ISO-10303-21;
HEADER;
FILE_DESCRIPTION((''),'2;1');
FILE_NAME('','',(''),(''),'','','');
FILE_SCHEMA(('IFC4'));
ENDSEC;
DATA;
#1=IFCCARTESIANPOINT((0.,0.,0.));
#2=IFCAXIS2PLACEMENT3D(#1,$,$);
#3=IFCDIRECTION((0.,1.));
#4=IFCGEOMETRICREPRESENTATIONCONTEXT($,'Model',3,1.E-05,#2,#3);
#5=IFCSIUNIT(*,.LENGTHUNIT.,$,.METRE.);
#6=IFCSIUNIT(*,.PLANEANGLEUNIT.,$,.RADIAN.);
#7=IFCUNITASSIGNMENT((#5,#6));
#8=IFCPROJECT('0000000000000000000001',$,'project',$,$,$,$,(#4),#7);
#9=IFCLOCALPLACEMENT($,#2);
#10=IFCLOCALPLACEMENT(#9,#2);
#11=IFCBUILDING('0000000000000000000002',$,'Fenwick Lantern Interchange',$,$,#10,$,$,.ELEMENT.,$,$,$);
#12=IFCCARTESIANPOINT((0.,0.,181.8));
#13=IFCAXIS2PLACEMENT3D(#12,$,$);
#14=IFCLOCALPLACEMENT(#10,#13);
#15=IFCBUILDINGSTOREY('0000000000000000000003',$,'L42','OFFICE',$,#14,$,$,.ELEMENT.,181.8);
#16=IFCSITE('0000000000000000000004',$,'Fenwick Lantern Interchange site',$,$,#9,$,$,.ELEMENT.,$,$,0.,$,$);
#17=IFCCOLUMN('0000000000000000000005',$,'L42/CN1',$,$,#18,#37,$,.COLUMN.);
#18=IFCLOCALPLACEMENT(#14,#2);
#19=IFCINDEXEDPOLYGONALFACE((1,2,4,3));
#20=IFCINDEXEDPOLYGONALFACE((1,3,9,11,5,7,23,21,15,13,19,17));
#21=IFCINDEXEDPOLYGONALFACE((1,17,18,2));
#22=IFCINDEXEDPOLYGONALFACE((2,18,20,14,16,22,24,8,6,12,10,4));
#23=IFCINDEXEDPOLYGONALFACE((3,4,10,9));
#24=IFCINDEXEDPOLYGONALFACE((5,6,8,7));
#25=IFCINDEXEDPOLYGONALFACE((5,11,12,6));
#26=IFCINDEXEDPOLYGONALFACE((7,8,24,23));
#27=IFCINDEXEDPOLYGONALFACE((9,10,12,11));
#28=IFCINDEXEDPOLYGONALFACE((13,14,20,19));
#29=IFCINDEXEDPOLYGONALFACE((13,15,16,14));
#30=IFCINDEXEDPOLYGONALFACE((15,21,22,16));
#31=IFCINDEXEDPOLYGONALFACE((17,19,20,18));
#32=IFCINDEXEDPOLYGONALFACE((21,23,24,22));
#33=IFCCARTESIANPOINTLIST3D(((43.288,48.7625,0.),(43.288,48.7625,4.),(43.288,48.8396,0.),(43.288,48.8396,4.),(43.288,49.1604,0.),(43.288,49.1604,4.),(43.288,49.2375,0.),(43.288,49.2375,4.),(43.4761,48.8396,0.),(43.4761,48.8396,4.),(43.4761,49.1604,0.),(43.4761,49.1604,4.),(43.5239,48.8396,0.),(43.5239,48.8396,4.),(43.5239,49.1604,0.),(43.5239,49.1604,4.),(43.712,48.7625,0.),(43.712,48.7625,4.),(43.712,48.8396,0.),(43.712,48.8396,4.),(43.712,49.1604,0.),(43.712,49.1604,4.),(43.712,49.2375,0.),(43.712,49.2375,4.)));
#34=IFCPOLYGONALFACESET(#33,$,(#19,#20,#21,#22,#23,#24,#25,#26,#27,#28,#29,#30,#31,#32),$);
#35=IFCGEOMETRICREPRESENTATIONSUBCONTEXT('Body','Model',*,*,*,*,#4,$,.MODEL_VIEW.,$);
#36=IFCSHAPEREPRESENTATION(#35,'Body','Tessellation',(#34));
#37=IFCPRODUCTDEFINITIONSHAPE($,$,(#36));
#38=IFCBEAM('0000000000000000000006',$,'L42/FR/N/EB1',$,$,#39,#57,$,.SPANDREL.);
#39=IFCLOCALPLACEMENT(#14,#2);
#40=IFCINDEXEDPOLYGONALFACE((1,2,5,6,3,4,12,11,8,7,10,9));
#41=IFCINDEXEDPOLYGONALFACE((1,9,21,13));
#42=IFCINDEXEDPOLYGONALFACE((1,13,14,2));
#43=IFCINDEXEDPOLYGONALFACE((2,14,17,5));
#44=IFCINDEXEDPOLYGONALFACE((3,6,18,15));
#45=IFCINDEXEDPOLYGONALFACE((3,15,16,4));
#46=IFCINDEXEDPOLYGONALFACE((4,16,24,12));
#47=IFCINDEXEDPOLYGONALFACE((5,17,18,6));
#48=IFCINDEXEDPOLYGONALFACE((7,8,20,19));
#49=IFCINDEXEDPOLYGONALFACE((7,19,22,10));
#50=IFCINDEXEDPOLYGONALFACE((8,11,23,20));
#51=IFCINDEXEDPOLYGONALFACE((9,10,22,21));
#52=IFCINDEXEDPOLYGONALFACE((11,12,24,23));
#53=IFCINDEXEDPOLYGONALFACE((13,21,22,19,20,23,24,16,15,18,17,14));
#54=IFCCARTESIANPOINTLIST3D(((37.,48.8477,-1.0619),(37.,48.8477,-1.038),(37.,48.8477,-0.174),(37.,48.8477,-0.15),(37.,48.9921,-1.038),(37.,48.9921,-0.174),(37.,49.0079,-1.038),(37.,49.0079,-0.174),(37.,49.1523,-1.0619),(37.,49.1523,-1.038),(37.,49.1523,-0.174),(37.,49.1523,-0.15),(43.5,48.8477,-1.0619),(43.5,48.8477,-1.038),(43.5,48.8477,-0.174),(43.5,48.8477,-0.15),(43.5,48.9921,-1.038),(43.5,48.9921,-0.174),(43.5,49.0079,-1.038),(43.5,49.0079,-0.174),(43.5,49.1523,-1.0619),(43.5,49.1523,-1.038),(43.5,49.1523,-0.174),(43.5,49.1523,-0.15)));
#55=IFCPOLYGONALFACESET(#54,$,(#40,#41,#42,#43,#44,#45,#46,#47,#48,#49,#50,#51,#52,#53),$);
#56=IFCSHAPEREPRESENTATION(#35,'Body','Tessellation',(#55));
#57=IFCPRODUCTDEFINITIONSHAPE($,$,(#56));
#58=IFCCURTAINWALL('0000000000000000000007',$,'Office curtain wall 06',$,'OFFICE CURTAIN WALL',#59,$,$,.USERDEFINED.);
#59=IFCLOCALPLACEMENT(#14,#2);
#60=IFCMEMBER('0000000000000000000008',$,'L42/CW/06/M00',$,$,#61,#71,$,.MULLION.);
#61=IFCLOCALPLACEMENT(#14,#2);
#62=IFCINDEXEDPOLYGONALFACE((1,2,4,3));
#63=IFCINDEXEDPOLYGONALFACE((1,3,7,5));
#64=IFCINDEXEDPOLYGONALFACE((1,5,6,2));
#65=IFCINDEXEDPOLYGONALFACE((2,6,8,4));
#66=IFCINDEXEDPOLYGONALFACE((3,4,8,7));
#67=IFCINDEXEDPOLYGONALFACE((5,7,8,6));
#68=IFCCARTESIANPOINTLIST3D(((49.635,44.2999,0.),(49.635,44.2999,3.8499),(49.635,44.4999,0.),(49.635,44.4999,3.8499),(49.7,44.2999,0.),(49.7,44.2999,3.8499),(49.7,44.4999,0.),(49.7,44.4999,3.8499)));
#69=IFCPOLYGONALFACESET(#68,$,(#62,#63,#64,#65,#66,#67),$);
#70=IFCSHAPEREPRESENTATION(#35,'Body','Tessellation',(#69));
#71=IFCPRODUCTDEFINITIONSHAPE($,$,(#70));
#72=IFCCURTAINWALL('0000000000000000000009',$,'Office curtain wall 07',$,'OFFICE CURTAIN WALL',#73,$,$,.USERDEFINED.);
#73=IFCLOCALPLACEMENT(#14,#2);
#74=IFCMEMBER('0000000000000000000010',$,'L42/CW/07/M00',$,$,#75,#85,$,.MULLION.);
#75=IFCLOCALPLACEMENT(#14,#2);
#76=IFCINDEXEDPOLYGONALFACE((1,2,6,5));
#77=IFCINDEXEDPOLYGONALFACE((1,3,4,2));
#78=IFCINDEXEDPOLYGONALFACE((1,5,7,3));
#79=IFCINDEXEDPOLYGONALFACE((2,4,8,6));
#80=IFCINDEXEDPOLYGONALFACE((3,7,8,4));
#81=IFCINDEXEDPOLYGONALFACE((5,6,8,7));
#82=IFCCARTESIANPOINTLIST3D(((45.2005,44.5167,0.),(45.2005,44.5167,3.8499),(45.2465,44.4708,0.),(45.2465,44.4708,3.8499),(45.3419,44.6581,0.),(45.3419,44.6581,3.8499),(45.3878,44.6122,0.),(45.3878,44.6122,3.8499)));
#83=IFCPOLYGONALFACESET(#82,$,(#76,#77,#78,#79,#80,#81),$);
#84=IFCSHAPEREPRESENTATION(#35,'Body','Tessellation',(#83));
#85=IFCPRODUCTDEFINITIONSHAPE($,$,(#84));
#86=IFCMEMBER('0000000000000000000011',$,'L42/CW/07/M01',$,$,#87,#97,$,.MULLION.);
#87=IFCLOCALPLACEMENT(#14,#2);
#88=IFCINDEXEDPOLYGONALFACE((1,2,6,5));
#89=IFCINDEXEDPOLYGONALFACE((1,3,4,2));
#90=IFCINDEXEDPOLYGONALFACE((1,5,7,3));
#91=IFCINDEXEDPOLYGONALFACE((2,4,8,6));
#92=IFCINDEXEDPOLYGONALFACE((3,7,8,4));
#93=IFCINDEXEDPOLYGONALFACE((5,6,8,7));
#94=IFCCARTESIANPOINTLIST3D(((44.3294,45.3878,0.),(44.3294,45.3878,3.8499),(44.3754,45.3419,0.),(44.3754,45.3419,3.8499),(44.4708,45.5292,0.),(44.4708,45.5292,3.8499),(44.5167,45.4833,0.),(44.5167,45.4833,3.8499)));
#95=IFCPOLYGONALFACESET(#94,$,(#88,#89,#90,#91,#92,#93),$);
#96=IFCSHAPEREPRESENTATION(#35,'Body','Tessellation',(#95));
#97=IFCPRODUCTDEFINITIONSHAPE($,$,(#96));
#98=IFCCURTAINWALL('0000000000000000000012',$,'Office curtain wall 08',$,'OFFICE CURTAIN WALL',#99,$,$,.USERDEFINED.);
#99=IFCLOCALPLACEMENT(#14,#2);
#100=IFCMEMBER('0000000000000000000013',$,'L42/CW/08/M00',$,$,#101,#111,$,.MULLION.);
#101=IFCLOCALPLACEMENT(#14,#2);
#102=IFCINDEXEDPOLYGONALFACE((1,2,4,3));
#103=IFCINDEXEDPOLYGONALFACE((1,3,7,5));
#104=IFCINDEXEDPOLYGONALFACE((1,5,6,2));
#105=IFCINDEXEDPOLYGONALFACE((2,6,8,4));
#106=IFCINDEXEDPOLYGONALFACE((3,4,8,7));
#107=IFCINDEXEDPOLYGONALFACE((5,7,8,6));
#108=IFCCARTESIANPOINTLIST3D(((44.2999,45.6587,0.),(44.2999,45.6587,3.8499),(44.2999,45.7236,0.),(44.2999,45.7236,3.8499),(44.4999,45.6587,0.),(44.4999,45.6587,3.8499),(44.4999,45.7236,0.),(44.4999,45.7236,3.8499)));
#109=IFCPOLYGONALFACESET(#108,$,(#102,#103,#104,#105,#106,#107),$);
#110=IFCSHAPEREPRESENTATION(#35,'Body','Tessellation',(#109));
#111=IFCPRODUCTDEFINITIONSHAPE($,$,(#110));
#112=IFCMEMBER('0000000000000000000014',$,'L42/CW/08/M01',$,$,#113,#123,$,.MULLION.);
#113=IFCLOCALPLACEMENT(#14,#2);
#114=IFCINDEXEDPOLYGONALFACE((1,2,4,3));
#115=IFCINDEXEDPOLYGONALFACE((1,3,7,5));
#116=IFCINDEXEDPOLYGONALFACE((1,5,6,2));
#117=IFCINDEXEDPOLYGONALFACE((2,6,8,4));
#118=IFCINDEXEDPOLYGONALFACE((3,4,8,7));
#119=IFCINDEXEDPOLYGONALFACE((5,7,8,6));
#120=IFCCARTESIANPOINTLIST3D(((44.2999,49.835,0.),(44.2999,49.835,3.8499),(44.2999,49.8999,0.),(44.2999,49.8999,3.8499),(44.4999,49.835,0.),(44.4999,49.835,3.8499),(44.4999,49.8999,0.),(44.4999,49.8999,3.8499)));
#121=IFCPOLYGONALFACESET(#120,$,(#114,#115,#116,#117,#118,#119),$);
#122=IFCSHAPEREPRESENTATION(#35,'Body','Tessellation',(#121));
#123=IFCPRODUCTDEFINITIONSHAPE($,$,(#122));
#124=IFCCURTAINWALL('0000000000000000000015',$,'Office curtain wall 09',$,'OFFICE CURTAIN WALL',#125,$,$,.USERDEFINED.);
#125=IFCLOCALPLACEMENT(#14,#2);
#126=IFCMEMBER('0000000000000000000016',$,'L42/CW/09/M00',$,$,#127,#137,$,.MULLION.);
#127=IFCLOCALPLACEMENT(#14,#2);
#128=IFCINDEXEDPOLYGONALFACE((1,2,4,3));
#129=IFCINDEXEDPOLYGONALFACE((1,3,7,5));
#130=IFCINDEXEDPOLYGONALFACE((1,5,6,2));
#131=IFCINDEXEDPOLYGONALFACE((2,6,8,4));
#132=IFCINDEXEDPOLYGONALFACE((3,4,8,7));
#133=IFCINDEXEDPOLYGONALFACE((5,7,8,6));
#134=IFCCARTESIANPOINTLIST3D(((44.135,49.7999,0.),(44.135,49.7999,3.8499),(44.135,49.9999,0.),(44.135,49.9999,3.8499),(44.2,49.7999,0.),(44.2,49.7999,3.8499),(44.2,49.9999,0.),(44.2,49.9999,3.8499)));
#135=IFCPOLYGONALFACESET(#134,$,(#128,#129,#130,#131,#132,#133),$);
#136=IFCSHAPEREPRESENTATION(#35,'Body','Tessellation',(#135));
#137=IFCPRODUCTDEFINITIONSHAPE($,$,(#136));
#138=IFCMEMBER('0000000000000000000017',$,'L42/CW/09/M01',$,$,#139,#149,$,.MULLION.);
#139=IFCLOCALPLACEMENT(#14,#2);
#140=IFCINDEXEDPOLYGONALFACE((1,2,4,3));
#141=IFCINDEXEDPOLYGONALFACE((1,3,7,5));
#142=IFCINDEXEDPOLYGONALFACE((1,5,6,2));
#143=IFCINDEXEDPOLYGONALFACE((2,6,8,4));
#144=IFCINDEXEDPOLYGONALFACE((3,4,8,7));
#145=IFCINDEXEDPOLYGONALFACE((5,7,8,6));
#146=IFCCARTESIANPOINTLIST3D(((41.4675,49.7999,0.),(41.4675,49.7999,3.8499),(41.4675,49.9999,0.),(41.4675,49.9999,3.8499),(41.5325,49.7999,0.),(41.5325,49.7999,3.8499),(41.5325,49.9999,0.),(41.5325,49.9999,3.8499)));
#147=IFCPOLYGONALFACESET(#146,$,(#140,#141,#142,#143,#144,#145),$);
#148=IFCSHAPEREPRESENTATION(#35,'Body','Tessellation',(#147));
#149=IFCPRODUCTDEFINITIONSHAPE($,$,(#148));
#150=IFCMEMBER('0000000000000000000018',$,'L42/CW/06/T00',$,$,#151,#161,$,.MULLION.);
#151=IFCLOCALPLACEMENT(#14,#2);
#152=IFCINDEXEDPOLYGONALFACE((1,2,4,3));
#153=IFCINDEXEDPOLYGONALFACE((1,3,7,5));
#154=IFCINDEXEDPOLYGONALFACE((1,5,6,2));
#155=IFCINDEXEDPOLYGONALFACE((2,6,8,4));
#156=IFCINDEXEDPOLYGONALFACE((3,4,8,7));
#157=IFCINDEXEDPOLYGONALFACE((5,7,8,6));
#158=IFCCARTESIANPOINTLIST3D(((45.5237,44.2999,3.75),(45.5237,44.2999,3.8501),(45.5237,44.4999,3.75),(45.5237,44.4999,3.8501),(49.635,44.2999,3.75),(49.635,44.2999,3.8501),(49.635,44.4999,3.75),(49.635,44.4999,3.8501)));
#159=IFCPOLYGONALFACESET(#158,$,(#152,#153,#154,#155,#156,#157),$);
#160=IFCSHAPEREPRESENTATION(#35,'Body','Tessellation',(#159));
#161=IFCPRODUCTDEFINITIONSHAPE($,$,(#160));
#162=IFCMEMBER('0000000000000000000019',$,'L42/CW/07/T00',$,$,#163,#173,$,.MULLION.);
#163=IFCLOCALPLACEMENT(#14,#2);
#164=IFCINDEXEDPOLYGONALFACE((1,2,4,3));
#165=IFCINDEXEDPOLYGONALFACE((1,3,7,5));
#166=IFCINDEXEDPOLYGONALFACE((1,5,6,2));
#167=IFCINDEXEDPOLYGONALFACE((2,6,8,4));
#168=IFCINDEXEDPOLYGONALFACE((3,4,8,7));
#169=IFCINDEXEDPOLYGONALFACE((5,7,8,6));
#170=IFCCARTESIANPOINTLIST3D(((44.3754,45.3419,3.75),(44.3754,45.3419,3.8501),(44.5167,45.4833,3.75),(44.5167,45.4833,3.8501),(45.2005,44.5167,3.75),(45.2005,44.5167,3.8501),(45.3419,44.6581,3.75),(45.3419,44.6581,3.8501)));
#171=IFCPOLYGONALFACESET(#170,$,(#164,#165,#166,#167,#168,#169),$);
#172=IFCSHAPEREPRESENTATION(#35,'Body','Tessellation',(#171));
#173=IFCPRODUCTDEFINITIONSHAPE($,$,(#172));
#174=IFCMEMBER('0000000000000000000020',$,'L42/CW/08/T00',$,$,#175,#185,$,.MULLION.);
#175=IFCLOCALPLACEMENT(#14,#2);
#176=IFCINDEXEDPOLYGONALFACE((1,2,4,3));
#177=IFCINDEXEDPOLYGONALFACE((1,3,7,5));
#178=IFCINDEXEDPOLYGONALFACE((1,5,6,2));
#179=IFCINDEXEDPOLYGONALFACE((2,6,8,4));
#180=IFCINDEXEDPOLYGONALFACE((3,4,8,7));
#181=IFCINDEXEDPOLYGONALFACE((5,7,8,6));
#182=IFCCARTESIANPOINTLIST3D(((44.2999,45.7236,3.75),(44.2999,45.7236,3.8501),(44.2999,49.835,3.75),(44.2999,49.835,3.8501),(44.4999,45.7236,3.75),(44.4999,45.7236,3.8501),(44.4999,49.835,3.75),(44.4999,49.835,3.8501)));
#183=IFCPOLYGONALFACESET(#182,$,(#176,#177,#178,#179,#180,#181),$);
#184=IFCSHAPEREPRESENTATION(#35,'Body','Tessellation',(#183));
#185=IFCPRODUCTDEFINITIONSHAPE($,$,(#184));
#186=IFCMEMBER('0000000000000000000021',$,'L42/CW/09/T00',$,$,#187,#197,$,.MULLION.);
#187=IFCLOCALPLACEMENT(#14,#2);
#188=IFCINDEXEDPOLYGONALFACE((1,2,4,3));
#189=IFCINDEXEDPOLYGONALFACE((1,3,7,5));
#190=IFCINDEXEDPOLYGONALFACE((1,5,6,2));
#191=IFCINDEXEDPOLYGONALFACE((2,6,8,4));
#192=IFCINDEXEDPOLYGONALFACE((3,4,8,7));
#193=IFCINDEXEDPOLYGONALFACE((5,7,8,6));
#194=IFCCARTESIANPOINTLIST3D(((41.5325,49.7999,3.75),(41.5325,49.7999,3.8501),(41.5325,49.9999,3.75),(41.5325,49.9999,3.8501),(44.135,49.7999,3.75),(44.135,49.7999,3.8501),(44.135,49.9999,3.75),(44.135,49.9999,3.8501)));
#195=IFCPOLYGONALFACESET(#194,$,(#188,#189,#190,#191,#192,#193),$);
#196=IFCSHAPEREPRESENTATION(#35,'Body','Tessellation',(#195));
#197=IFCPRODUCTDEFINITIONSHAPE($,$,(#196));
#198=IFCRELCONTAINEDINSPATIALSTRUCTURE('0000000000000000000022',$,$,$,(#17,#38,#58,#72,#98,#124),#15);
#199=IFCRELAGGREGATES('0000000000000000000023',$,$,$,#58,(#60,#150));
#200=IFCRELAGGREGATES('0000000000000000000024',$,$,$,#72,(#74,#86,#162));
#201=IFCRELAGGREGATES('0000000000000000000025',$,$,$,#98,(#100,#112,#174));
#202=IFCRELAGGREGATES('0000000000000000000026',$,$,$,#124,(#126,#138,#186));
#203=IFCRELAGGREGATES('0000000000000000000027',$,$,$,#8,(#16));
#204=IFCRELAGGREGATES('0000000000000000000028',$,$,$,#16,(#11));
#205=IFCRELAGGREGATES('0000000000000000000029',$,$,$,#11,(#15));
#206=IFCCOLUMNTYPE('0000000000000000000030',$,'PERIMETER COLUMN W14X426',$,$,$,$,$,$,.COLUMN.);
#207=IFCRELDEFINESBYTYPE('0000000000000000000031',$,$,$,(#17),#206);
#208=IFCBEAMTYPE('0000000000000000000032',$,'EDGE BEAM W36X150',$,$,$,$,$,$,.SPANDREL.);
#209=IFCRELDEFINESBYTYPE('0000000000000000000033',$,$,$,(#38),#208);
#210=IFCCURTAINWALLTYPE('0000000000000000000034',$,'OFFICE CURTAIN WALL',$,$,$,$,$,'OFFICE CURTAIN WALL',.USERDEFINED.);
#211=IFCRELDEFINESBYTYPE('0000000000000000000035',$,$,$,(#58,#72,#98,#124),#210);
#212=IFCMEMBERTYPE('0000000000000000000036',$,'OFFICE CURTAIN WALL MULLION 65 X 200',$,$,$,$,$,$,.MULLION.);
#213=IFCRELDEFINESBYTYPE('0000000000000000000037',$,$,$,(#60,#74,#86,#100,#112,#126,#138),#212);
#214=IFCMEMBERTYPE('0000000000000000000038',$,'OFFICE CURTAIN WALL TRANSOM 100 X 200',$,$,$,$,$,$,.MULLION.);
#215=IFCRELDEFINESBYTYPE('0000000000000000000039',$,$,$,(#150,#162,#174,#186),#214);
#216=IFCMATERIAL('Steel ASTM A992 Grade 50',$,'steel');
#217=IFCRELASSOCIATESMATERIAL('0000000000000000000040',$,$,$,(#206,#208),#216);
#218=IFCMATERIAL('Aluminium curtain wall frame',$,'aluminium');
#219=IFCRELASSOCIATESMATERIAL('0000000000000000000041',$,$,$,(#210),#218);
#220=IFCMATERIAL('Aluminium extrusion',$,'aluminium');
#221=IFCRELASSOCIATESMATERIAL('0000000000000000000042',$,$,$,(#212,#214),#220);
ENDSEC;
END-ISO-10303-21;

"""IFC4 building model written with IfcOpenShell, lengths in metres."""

from ifc_helpers import new_model, si_unit, direction, frame, origin, origin_2d, place, context, subcontext, project, spatial, rectangle, i_section, extrude, material, material_profile, profile_set, type_object, element, aggregate, save


model = new_model("IFC4")

# Units and contexts
model_context = context("Model", 3, precision=1e-05, world=origin(), true_north=direction((0.0, 1.0)))
body_context = subcontext(model_context, "Body", "Model", "MODEL_VIEW")
ifc_project = project(units=[si_unit("LENGTHUNIT", "METRE"), si_unit("PLANEANGLEUNIT", "RADIAN")], contexts=[model_context])

# Site, building, storey
site_placement = place(None, origin())
site = spatial("IfcSite", under=ifc_project, at=site_placement, Name="Fenwick Lantern Interchange site", CompositionType="ELEMENT", RefElevation=0.0)
building_placement = place(site_placement, origin())
building = spatial("IfcBuilding", under=site, at=building_placement, Name="Fenwick Lantern Interchange", CompositionType="ELEMENT")
storey_placement = place(building_placement, frame((0.0, 0.0, 181.8)))
storey = spatial("IfcBuildingStorey", under=building, at=storey_placement, Name="L42", Description="OFFICE", CompositionType="ELEMENT", Elevation=181.8)

# Column
ifc_material_1 = material(Name="Steel ASTM A992 Grade 50", Category="steel")
ifc_material_profile_1 = material_profile(ifc_material_1, i_section(OverallWidth=0.4241, OverallDepth=0.4751, WebThickness=0.0479, FlangeThickness=0.0771, at=origin_2d()), Name="W14X426")
ifc_profile_set_1 = profile_set([ifc_material_profile_1], Name="Steel ASTM A992 Grade 50")
column_type = type_object("IfcColumnType", Name="PERIMETER COLUMN W14X426", PredefinedType="COLUMN", material=ifc_profile_set_1)
column_placement = place(storey_placement, frame((43.5, 49.0, 0.0), z_axis=(0.0, 0.0, 1.0), x_axis=(1.0, 0.0, 0.0)))
element("IfcColumn", 1, at=column_placement, inside=storey, type_object=column_type, Name="L42/CN1", PredefinedType="COLUMN", context=body_context, shape_type="SweptSolid", body=[
    extrude(i_section(OverallWidth=0.4241, OverallDepth=0.4751, WebThickness=0.0479, FlangeThickness=0.0771, at=origin_2d()), origin(), (0.0, 0.0, 1.0), 4.0),
])

# Beam
ifc_material_profile_2 = material_profile(ifc_material_1, i_section(OverallWidth=0.3047, OverallDepth=0.9119, WebThickness=0.0159, FlangeThickness=0.0239, at=origin_2d()), Name="W36X150")
ifc_profile_set_2 = profile_set([ifc_material_profile_2], Name="Steel ASTM A992 Grade 50")
beam_type = type_object("IfcBeamType", Name="EDGE BEAM W36X150", PredefinedType="SPANDREL", material=ifc_profile_set_2)
beam_placement = place(storey_placement, frame((43.5, 49.0, -0.606), z_axis=(-1.0, 0.0, 0.0), x_axis=(0.0, -1.0, 0.0)))
element("IfcBeam", 2, at=beam_placement, inside=storey, type_object=beam_type, Name="L42/FR/N/EB1", PredefinedType="SPANDREL", context=body_context, shape_type="SweptSolid", body=[
    extrude(i_section(OverallWidth=0.3047, OverallDepth=0.9119, WebThickness=0.0159, FlangeThickness=0.0239, at=origin_2d()), origin(), (0.0, 0.0, 1.0), 6.5),
])

# Curtain wall, member
ifc_material_2 = material(Name="Aluminium curtain wall frame", Category="aluminium")
curtain_wall_type = type_object("IfcCurtainWallType", Name="OFFICE CURTAIN WALL", ElementType="OFFICE CURTAIN WALL", PredefinedType="USERDEFINED", material=ifc_material_2)
curtain_wall_1_placement = place(storey_placement, origin())
curtain_wall_1 = element("IfcCurtainWall", 3, at=curtain_wall_1_placement, inside=storey, type_object=curtain_wall_type, Name="Office curtain wall 06", ObjectType="OFFICE CURTAIN WALL", PredefinedType="USERDEFINED")
ifc_material_3 = material(Name="Aluminium extrusion", Category="aluminium")
ifc_material_profile_3 = material_profile(ifc_material_3, rectangle(XDim=0.2, YDim=0.0649, at=origin_2d()), Name="OFFICE CURTAIN WALL MULLION 65 X 200")
ifc_profile_set_3 = profile_set([ifc_material_profile_3], Name="Aluminium extrusion")
member_type_1 = type_object("IfcMemberType", Name="OFFICE CURTAIN WALL MULLION 65 X 200", PredefinedType="MULLION", material=ifc_profile_set_3)
member_1_placement = place(storey_placement, frame((49.6675, 44.3999, 0.0), z_axis=(0.0, 0.0, 1.0), x_axis=(0.0, -1.0, 0.0)))
member_1 = element("IfcMember", 4, at=member_1_placement, type_object=member_type_1, Name="L42/CW/06/M00", PredefinedType="MULLION", context=body_context, shape_type="SweptSolid", body=[
    extrude(rectangle(XDim=0.2, YDim=0.0649, at=origin_2d()), origin(), (0.0, 0.0, 1.0), 3.8499),
])

# Curtain walls, members
curtain_wall_2_placement = place(storey_placement, origin())
curtain_wall_2 = element("IfcCurtainWall", 5, at=curtain_wall_2_placement, inside=storey, type_object=curtain_wall_type, Name="Office curtain wall 07", ObjectType="OFFICE CURTAIN WALL", PredefinedType="USERDEFINED")
member_2_placement = place(storey_placement, frame((45.2942, 44.5645, 0.0), z_axis=(0.0, 0.0, 1.0), x_axis=(-0.707107, -0.707107, 0.0)))
member_2 = element("IfcMember", 6, at=member_2_placement, type_object=member_type_1, Name="L42/CW/07/M00", PredefinedType="MULLION", context=body_context, shape_type="SweptSolid", body=[
    extrude(rectangle(XDim=0.2, YDim=0.0649, at=origin_2d()), origin(), (0.0, 0.0, 1.0), 3.8499),
])
member_3_placement = place(storey_placement, frame((44.4231, 45.4355, 0.0), z_axis=(0.0, 0.0, 1.0), x_axis=(-0.707107, -0.707107, 0.0)))
member_3 = element("IfcMember", 7, at=member_3_placement, type_object=member_type_1, Name="L42/CW/07/M01", PredefinedType="MULLION", context=body_context, shape_type="SweptSolid", body=[
    extrude(rectangle(XDim=0.2, YDim=0.0649, at=origin_2d()), origin(), (0.0, 0.0, 1.0), 3.8499),
])
curtain_wall_3_placement = place(storey_placement, origin())
curtain_wall_3 = element("IfcCurtainWall", 8, at=curtain_wall_3_placement, inside=storey, type_object=curtain_wall_type, Name="Office curtain wall 08", ObjectType="OFFICE CURTAIN WALL", PredefinedType="USERDEFINED")
member_4_placement = place(storey_placement, frame((44.3999, 45.6912, 0.0), z_axis=(0.0, 0.0, 1.0), x_axis=(-1.0, 0.0, 0.0)))
member_4 = element("IfcMember", 9, at=member_4_placement, type_object=member_type_1, Name="L42/CW/08/M00", PredefinedType="MULLION", context=body_context, shape_type="SweptSolid", body=[
    extrude(rectangle(XDim=0.2, YDim=0.0649, at=origin_2d()), origin(), (0.0, 0.0, 1.0), 3.8499),
])
member_5_placement = place(storey_placement, frame((44.3999, 49.8674, 0.0), z_axis=(0.0, 0.0, 1.0), x_axis=(-1.0, 0.0, 0.0)))
member_5 = element("IfcMember", 10, at=member_5_placement, type_object=member_type_1, Name="L42/CW/08/M01", PredefinedType="MULLION", context=body_context, shape_type="SweptSolid", body=[
    extrude(rectangle(XDim=0.2, YDim=0.0649, at=origin_2d()), origin(), (0.0, 0.0, 1.0), 3.8499),
])
curtain_wall_4_placement = place(storey_placement, origin())
curtain_wall_4 = element("IfcCurtainWall", 11, at=curtain_wall_4_placement, inside=storey, type_object=curtain_wall_type, Name="Office curtain wall 09", ObjectType="OFFICE CURTAIN WALL", PredefinedType="USERDEFINED")
member_6_placement = place(storey_placement, frame((44.1675, 49.8999, 0.0), z_axis=(0.0, 0.0, 1.0), x_axis=(0.0, -1.0, 0.0)))
member_6 = element("IfcMember", 12, at=member_6_placement, type_object=member_type_1, Name="L42/CW/09/M00", PredefinedType="MULLION", context=body_context, shape_type="SweptSolid", body=[
    extrude(rectangle(XDim=0.2, YDim=0.0649, at=origin_2d()), origin(), (0.0, 0.0, 1.0), 3.8499),
])
member_7_placement = place(storey_placement, frame((41.5, 49.8999, 0.0), z_axis=(0.0, 0.0, 1.0), x_axis=(0.0, -1.0, 0.0)))
member_7 = element("IfcMember", 13, at=member_7_placement, type_object=member_type_1, Name="L42/CW/09/M01", PredefinedType="MULLION", context=body_context, shape_type="SweptSolid", body=[
    extrude(rectangle(XDim=0.2, YDim=0.0649, at=origin_2d()), origin(), (0.0, 0.0, 1.0), 3.8499),
])

# Members
ifc_material_profile_4 = material_profile(ifc_material_3, rectangle(XDim=0.2, YDim=0.1001, at=origin_2d()), Name="OFFICE CURTAIN WALL TRANSOM 100 X 200")
ifc_profile_set_4 = profile_set([ifc_material_profile_4], Name="Aluminium extrusion")
member_type_2 = type_object("IfcMemberType", Name="OFFICE CURTAIN WALL TRANSOM 100 X 200", PredefinedType="MULLION", material=ifc_profile_set_4)
member_8_placement = place(storey_placement, frame((49.635, 44.3999, 3.8), z_axis=(-1.0, 0.0, 0.0), x_axis=(0.0, -1.0, 0.0)))
member_8 = element("IfcMember", 14, at=member_8_placement, type_object=member_type_2, Name="L42/CW/06/T00", PredefinedType="MULLION", context=body_context, shape_type="SweptSolid", body=[
    extrude(rectangle(XDim=0.2, YDim=0.1001, at=origin_2d()), origin(), (0.0, 0.0, 1.0), 4.1113),
])
member_9_placement = place(storey_placement, frame((45.2712, 44.5874, 3.8), z_axis=(-0.707107, 0.707107, 0.0), x_axis=(-0.707107, -0.707107, 0.0)))
member_9 = element("IfcMember", 15, at=member_9_placement, type_object=member_type_2, Name="L42/CW/07/T00", PredefinedType="MULLION", context=body_context, shape_type="SweptSolid", body=[
    extrude(rectangle(XDim=0.2, YDim=0.1001, at=origin_2d()), origin(), (0.0, 0.0, 1.0), 1.167),
])
member_10_placement = place(storey_placement, frame((44.3999, 45.7236, 3.8), z_axis=(0.0, 1.0, 0.0), x_axis=(-1.0, 0.0, 0.0)))
member_10 = element("IfcMember", 16, at=member_10_placement, type_object=member_type_2, Name="L42/CW/08/T00", PredefinedType="MULLION", context=body_context, shape_type="SweptSolid", body=[
    extrude(rectangle(XDim=0.2, YDim=0.1001, at=origin_2d()), origin(), (0.0, 0.0, 1.0), 4.1113),
])
member_11_placement = place(storey_placement, frame((44.135, 49.8999, 3.8), z_axis=(-1.0, 0.0, 0.0), x_axis=(0.0, -1.0, 0.0)))
member_11 = element("IfcMember", 17, at=member_11_placement, type_object=member_type_2, Name="L42/CW/09/T00", PredefinedType="MULLION", context=body_context, shape_type="SweptSolid", body=[
    extrude(rectangle(XDim=0.2, YDim=0.1001, at=origin_2d()), origin(), (0.0, 0.0, 1.0), 2.6025),
])

aggregate(curtain_wall_1, [member_1, member_8])
aggregate(curtain_wall_2, [member_2, member_3, member_9])
aggregate(curtain_wall_3, [member_4, member_5, member_10])
aggregate(curtain_wall_4, [member_6, member_7, member_11])

save(model, "model.ifc")
